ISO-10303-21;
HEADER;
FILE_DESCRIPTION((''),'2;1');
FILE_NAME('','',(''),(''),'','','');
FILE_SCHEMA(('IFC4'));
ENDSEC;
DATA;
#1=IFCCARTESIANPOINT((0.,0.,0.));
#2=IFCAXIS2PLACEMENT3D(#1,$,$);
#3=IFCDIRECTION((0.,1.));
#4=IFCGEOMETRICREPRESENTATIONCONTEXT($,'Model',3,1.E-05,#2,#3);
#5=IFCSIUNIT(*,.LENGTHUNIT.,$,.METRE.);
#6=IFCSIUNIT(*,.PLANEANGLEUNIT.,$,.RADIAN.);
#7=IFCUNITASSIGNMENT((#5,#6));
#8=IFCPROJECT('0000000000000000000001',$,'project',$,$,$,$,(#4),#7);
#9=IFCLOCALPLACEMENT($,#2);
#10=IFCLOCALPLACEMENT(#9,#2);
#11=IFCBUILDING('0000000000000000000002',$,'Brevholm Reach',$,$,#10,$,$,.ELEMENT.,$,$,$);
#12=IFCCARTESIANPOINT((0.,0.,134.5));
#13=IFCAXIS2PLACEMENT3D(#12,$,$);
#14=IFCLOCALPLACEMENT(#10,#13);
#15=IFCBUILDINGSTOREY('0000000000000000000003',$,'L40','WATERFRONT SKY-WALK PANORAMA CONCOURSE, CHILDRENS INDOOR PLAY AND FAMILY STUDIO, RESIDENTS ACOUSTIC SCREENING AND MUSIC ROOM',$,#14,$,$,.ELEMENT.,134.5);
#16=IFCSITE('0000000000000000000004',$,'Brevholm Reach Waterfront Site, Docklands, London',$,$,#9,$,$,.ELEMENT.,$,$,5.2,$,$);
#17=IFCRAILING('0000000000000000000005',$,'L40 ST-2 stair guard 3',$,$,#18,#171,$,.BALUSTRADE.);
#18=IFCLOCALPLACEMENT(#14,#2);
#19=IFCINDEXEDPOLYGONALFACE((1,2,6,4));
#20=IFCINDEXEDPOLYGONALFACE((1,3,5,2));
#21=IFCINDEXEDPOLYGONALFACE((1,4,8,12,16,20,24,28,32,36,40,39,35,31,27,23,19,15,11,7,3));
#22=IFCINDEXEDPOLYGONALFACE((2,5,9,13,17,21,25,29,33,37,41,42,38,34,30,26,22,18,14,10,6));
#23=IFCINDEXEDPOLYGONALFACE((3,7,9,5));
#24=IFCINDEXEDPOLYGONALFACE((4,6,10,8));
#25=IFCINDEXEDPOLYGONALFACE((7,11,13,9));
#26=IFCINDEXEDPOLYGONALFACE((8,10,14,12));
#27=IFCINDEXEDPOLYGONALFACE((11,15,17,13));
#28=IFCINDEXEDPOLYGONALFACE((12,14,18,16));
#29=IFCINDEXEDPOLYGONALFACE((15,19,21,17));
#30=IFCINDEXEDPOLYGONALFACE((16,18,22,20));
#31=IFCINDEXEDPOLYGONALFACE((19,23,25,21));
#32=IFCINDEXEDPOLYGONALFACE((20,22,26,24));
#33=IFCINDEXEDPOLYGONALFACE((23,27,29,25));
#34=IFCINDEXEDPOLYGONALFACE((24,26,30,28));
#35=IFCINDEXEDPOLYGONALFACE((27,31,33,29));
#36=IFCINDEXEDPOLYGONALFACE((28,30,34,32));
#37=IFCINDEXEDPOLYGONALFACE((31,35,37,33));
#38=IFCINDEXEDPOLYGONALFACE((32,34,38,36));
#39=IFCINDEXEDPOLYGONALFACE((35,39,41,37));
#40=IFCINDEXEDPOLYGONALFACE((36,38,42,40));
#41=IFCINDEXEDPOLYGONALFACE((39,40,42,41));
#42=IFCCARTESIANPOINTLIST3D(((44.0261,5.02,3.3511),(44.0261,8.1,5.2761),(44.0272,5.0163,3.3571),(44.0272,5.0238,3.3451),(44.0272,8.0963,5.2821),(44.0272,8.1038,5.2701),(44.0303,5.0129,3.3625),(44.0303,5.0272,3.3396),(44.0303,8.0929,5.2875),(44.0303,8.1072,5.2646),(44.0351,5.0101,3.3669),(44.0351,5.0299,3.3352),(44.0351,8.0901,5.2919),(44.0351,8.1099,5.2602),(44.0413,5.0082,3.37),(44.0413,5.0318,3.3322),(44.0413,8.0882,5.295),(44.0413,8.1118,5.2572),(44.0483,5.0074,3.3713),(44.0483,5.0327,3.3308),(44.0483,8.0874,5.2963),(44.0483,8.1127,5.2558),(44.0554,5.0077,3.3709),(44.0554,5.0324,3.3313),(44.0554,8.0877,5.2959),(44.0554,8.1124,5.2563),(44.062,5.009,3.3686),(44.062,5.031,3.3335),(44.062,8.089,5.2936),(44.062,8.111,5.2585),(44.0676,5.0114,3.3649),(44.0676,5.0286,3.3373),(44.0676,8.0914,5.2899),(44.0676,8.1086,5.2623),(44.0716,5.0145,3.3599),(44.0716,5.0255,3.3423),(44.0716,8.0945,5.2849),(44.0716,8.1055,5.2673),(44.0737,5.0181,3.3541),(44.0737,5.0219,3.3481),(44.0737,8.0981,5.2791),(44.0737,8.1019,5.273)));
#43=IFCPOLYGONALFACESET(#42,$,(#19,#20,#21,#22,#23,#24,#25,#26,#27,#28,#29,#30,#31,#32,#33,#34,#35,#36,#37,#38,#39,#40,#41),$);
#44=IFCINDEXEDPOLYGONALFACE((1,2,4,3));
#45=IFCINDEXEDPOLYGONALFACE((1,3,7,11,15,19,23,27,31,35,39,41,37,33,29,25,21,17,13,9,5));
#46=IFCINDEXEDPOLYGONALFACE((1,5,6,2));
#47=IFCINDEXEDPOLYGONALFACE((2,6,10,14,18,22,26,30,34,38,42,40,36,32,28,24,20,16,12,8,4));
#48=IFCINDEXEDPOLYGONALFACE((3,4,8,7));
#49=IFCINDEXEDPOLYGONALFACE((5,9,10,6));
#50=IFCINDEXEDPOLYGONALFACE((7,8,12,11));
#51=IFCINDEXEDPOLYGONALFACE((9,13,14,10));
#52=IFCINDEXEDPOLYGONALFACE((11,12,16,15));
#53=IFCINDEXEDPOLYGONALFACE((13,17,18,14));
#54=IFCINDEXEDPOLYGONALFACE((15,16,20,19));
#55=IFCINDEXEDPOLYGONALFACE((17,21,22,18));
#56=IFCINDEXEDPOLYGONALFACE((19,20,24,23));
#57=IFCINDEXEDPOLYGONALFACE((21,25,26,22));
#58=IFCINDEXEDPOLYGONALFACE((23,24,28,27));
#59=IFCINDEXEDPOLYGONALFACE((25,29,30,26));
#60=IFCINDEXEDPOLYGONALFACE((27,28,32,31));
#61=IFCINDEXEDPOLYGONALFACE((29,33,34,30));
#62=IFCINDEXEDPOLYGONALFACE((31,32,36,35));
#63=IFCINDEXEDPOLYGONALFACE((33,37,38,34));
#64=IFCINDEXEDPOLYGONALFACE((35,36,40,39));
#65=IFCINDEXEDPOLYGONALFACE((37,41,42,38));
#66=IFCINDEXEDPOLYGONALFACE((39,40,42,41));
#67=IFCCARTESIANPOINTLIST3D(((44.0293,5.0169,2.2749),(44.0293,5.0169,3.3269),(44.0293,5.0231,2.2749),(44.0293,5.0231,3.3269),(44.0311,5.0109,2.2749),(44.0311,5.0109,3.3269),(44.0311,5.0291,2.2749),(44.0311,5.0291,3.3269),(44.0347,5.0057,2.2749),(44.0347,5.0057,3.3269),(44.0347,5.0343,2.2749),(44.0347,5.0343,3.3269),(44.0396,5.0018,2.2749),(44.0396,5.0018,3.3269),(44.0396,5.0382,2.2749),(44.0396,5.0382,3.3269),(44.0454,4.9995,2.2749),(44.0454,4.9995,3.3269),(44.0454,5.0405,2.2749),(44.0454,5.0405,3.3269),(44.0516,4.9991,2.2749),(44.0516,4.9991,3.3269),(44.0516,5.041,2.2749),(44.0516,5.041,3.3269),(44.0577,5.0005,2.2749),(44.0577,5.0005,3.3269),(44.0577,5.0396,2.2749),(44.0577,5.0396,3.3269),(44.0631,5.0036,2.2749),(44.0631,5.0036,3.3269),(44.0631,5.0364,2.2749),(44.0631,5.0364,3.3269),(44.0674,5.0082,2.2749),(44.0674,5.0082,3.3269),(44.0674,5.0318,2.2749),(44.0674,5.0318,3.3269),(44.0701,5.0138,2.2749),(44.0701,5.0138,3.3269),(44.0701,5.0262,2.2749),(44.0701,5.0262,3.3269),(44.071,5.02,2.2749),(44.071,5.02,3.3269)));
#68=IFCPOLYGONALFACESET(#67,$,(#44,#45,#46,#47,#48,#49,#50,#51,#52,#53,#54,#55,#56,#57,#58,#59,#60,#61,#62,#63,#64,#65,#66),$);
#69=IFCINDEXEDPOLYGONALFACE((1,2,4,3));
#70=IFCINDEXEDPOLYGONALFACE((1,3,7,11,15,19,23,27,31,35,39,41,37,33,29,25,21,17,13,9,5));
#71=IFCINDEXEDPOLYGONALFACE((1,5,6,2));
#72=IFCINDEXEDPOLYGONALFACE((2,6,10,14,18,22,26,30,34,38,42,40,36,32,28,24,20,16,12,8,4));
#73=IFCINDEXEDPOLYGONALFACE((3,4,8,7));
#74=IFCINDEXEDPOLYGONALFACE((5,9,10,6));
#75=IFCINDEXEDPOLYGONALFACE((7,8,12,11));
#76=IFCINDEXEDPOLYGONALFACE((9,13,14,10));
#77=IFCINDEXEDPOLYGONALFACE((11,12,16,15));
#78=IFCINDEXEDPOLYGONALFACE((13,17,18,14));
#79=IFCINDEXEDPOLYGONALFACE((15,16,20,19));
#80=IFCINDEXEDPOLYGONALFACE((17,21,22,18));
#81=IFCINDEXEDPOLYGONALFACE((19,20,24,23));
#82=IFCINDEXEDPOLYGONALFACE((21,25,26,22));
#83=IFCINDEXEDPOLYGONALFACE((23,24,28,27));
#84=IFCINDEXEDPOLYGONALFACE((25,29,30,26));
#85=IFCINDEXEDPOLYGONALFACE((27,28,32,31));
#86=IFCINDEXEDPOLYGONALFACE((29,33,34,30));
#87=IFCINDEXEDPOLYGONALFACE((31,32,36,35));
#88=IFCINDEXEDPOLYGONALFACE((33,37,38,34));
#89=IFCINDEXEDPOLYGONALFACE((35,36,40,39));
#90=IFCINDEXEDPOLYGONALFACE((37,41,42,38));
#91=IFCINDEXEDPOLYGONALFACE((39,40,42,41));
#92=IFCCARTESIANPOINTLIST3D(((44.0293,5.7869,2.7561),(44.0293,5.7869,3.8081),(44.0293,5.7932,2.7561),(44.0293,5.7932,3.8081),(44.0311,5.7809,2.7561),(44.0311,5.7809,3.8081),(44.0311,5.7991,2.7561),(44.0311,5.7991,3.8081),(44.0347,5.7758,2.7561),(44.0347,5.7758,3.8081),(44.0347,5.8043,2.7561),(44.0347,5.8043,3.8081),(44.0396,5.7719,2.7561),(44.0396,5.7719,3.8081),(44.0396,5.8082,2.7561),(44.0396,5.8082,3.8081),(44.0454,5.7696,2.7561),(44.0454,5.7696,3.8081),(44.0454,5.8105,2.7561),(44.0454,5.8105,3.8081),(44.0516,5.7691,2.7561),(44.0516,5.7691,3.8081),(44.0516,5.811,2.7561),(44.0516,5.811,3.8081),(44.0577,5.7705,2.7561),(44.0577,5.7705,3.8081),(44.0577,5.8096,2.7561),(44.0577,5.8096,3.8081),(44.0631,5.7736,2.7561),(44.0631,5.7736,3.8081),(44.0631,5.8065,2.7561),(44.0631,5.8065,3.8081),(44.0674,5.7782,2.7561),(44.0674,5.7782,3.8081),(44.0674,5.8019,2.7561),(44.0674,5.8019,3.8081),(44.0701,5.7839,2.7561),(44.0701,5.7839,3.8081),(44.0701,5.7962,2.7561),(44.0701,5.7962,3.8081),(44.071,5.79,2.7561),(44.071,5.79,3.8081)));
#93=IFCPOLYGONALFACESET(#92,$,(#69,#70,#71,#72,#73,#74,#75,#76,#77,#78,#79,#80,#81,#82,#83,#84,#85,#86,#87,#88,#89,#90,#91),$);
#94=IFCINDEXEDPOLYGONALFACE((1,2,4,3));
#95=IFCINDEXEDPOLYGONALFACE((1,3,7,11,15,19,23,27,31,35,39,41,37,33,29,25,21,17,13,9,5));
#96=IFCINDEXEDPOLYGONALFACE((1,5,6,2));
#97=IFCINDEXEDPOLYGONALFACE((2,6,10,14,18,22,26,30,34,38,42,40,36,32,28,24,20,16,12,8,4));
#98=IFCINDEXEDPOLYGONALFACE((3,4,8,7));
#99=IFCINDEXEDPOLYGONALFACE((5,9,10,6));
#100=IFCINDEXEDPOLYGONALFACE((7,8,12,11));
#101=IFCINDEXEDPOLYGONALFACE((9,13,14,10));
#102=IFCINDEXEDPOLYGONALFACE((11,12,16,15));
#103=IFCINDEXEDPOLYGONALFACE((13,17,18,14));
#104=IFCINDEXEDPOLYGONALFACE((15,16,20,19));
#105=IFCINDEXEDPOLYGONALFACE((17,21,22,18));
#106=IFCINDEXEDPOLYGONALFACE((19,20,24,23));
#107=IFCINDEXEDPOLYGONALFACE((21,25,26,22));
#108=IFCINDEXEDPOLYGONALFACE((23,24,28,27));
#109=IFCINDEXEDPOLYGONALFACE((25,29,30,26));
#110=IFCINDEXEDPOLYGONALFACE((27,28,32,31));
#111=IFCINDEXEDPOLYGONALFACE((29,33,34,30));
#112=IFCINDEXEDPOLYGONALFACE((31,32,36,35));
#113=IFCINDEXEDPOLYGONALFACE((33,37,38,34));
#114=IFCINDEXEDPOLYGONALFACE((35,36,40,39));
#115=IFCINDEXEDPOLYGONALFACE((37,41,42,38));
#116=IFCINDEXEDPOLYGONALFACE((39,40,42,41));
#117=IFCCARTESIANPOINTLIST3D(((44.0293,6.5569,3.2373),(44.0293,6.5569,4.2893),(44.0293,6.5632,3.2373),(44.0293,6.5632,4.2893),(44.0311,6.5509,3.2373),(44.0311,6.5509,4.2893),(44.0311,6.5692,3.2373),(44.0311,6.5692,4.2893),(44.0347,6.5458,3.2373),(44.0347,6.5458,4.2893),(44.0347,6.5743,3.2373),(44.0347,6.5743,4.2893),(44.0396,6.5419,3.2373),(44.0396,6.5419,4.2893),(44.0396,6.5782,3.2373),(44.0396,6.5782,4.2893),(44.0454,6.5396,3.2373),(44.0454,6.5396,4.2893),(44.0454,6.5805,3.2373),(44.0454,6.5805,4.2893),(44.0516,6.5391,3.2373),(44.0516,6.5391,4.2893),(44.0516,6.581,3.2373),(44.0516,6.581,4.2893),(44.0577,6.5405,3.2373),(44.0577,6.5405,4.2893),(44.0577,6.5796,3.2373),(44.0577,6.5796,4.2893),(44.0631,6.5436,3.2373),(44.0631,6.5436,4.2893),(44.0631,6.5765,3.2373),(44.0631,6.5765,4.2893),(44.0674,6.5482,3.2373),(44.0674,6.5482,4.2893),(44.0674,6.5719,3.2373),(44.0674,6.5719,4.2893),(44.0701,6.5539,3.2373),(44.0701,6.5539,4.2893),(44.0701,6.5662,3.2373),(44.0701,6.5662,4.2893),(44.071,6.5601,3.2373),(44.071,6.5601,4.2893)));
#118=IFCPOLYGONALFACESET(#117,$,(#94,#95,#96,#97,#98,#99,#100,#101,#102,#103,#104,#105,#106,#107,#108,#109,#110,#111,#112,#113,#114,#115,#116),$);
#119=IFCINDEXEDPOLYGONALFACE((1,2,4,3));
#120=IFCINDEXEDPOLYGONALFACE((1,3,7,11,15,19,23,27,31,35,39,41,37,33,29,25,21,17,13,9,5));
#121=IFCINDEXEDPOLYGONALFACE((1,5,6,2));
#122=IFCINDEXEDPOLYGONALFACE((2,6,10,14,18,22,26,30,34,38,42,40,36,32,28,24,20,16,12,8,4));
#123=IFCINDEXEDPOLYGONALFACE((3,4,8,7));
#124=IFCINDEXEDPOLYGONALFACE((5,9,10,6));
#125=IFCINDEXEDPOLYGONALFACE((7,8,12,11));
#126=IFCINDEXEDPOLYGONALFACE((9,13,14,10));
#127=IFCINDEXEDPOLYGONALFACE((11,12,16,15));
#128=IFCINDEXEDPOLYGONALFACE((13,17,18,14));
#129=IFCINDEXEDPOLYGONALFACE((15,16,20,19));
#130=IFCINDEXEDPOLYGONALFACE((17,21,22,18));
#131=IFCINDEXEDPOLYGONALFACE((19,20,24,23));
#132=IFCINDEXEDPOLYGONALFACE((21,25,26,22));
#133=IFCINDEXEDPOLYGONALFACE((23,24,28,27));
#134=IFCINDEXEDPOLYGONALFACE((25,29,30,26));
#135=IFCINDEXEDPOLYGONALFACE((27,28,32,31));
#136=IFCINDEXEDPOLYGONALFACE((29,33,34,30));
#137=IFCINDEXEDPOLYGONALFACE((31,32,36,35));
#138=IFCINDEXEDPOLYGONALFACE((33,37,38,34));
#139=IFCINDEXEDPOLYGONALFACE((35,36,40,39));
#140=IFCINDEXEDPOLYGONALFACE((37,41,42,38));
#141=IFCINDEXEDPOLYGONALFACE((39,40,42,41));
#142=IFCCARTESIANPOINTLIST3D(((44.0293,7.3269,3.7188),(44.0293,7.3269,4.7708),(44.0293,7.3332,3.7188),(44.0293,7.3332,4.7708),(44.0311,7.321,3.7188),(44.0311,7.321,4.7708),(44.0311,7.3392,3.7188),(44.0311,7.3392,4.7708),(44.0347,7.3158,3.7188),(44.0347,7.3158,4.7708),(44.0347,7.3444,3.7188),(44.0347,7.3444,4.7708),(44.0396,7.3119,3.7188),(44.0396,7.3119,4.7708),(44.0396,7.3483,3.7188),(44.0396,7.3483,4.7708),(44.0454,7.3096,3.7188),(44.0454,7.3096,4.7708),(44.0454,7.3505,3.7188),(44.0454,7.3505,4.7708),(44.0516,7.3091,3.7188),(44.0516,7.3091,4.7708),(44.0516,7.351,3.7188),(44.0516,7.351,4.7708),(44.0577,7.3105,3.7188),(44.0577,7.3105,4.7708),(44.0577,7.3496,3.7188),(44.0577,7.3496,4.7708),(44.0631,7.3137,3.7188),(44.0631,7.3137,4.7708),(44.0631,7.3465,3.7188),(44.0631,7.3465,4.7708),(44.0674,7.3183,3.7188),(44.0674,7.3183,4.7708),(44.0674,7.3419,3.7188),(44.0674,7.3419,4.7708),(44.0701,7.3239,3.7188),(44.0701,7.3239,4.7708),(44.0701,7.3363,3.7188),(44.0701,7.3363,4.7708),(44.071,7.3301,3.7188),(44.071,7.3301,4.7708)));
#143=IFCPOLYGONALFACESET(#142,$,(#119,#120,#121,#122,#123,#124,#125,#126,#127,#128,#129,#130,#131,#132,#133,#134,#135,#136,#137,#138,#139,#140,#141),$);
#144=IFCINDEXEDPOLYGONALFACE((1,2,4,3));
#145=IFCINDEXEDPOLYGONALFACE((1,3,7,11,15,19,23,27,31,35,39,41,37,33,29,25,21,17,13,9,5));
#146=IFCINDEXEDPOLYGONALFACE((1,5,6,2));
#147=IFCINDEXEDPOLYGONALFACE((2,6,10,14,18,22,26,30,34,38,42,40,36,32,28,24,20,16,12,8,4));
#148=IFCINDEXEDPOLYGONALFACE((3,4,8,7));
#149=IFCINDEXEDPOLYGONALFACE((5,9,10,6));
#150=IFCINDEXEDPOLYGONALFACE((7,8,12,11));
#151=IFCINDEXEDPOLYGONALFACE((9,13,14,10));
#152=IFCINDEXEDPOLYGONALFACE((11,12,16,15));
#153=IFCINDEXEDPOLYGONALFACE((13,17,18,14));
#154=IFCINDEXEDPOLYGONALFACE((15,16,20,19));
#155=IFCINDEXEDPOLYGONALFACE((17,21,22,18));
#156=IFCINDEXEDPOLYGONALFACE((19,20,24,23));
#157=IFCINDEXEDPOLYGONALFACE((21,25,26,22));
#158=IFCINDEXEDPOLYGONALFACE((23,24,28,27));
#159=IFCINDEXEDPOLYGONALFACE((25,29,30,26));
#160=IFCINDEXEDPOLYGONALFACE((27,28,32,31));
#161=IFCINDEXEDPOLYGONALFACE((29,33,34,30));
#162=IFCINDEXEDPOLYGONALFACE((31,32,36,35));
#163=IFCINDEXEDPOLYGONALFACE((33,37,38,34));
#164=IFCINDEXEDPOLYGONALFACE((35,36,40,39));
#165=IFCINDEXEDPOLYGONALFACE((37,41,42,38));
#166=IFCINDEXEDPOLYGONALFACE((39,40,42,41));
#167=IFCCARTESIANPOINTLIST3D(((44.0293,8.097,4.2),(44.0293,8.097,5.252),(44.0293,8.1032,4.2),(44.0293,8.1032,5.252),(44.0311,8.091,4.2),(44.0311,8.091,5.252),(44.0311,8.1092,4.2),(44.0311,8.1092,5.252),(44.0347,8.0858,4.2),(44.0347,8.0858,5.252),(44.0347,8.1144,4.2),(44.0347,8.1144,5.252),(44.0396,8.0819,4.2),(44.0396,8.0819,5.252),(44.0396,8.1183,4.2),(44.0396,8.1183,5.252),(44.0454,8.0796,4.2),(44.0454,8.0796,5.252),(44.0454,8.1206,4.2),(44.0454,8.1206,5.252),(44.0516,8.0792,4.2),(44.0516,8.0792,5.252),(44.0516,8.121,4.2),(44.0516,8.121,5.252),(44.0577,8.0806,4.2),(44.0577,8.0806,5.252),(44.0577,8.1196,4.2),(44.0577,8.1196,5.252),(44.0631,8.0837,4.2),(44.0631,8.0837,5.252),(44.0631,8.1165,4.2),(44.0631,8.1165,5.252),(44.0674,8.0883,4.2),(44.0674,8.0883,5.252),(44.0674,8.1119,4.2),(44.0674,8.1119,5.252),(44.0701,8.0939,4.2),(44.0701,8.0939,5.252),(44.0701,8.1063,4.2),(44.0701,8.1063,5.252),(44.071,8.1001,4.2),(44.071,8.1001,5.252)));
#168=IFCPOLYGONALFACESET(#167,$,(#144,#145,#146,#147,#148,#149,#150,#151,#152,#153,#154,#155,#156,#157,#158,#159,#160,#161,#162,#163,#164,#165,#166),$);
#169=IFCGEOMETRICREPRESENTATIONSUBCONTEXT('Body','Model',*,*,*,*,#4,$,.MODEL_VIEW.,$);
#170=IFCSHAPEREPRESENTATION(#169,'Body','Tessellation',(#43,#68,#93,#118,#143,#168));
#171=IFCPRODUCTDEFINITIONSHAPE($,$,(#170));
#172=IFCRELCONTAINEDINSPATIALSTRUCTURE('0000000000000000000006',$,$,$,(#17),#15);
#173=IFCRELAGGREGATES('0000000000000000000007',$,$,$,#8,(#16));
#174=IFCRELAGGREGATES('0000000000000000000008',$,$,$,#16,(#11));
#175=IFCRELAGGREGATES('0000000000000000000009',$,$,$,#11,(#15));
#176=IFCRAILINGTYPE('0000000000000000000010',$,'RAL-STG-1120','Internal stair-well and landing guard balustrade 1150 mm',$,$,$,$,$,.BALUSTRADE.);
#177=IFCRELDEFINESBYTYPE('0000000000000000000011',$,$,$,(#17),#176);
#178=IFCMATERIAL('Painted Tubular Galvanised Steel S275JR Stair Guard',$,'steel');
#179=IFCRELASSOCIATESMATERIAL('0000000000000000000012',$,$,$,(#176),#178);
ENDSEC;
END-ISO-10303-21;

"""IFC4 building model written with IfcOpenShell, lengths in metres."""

from ifc_helpers import new_model, si_unit, direction, frame, origin, origin_2d, place, context, subcontext, project, spatial, circle, extrude, material, type_object, element, save


model = new_model("IFC4")

# Units and contexts
model_context = context("Model", 3, precision=1e-05, world=origin(), true_north=direction((0.0, 1.0)))
body_context = subcontext(model_context, "Body", "Model", "MODEL_VIEW")
ifc_project = project(units=[si_unit("LENGTHUNIT", "METRE"), si_unit("PLANEANGLEUNIT", "RADIAN")], contexts=[model_context])

# Site, building, storey
site_placement = place(None, origin())
site = spatial("IfcSite", under=ifc_project, at=site_placement, Name="Brevholm Reach Waterfront Site, Docklands, London", CompositionType="ELEMENT", RefElevation=5.2)
building_placement = place(site_placement, origin())
building = spatial("IfcBuilding", under=site, at=building_placement, Name="Brevholm Reach", CompositionType="ELEMENT")
storey_placement = place(building_placement, frame((0.0, 0.0, 134.5)))
storey = spatial("IfcBuildingStorey", under=building, at=storey_placement, Name="L40", Description="WATERFRONT SKY-WALK PANORAMA CONCOURSE, CHILDRENS INDOOR PLAY AND FAMILY STUDIO, RESIDENTS ACOUSTIC SCREENING AND MUSIC ROOM", CompositionType="ELEMENT", Elevation=134.5)

# Railing
ifc_material_1 = material(Name="Painted Tubular Galvanised Steel S275JR Stair Guard", Category="steel")
railing_type_1 = type_object("IfcRailingType", Name="RAL-STG-1120", Description="Internal stair-well and landing guard balustrade 1150 mm", PredefinedType="BALUSTRADE", material=ifc_material_1)
railing_1_placement = place(storey_placement, frame((44.05, 5.02, 2.2749)))
element("IfcRailing", 1, at=railing_1_placement, inside=storey, type_object=railing_type_1, Name="L40 ST-2 stair guard 3", PredefinedType="BALUSTRADE", context=body_context, shape_type="SweptSolid", body=[
    extrude(circle(Radius=0.0239, at=origin_2d()), frame((0.0, 0.0, 1.0762), z_axis=(0.0, 0.847998, 0.529999), x_axis=(-1.0, 0.0, 0.0)), (0.0, 0.0, 1.0), 3.6321),
    extrude(circle(Radius=0.021, at=origin_2d()), origin(), (0.0, 0.0, 1.0), 1.052),
    extrude(circle(Radius=0.021, at=origin_2d()), frame((0.0, 0.77, 0.4812)), (0.0, 0.0, 1.0), 1.052),
    extrude(circle(Radius=0.021, at=origin_2d()), frame((0.0, 1.54, 0.9624)), (0.0, 0.0, 1.0), 1.052),
    extrude(circle(Radius=0.021, at=origin_2d()), frame((0.0, 2.3101, 1.4438)), (0.0, 0.0, 1.0), 1.052),
    extrude(circle(Radius=0.021, at=origin_2d()), frame((0.0, 3.0801, 1.925)), (0.0, 0.0, 1.0), 1.052),
])

save(model, "model.ifc")
